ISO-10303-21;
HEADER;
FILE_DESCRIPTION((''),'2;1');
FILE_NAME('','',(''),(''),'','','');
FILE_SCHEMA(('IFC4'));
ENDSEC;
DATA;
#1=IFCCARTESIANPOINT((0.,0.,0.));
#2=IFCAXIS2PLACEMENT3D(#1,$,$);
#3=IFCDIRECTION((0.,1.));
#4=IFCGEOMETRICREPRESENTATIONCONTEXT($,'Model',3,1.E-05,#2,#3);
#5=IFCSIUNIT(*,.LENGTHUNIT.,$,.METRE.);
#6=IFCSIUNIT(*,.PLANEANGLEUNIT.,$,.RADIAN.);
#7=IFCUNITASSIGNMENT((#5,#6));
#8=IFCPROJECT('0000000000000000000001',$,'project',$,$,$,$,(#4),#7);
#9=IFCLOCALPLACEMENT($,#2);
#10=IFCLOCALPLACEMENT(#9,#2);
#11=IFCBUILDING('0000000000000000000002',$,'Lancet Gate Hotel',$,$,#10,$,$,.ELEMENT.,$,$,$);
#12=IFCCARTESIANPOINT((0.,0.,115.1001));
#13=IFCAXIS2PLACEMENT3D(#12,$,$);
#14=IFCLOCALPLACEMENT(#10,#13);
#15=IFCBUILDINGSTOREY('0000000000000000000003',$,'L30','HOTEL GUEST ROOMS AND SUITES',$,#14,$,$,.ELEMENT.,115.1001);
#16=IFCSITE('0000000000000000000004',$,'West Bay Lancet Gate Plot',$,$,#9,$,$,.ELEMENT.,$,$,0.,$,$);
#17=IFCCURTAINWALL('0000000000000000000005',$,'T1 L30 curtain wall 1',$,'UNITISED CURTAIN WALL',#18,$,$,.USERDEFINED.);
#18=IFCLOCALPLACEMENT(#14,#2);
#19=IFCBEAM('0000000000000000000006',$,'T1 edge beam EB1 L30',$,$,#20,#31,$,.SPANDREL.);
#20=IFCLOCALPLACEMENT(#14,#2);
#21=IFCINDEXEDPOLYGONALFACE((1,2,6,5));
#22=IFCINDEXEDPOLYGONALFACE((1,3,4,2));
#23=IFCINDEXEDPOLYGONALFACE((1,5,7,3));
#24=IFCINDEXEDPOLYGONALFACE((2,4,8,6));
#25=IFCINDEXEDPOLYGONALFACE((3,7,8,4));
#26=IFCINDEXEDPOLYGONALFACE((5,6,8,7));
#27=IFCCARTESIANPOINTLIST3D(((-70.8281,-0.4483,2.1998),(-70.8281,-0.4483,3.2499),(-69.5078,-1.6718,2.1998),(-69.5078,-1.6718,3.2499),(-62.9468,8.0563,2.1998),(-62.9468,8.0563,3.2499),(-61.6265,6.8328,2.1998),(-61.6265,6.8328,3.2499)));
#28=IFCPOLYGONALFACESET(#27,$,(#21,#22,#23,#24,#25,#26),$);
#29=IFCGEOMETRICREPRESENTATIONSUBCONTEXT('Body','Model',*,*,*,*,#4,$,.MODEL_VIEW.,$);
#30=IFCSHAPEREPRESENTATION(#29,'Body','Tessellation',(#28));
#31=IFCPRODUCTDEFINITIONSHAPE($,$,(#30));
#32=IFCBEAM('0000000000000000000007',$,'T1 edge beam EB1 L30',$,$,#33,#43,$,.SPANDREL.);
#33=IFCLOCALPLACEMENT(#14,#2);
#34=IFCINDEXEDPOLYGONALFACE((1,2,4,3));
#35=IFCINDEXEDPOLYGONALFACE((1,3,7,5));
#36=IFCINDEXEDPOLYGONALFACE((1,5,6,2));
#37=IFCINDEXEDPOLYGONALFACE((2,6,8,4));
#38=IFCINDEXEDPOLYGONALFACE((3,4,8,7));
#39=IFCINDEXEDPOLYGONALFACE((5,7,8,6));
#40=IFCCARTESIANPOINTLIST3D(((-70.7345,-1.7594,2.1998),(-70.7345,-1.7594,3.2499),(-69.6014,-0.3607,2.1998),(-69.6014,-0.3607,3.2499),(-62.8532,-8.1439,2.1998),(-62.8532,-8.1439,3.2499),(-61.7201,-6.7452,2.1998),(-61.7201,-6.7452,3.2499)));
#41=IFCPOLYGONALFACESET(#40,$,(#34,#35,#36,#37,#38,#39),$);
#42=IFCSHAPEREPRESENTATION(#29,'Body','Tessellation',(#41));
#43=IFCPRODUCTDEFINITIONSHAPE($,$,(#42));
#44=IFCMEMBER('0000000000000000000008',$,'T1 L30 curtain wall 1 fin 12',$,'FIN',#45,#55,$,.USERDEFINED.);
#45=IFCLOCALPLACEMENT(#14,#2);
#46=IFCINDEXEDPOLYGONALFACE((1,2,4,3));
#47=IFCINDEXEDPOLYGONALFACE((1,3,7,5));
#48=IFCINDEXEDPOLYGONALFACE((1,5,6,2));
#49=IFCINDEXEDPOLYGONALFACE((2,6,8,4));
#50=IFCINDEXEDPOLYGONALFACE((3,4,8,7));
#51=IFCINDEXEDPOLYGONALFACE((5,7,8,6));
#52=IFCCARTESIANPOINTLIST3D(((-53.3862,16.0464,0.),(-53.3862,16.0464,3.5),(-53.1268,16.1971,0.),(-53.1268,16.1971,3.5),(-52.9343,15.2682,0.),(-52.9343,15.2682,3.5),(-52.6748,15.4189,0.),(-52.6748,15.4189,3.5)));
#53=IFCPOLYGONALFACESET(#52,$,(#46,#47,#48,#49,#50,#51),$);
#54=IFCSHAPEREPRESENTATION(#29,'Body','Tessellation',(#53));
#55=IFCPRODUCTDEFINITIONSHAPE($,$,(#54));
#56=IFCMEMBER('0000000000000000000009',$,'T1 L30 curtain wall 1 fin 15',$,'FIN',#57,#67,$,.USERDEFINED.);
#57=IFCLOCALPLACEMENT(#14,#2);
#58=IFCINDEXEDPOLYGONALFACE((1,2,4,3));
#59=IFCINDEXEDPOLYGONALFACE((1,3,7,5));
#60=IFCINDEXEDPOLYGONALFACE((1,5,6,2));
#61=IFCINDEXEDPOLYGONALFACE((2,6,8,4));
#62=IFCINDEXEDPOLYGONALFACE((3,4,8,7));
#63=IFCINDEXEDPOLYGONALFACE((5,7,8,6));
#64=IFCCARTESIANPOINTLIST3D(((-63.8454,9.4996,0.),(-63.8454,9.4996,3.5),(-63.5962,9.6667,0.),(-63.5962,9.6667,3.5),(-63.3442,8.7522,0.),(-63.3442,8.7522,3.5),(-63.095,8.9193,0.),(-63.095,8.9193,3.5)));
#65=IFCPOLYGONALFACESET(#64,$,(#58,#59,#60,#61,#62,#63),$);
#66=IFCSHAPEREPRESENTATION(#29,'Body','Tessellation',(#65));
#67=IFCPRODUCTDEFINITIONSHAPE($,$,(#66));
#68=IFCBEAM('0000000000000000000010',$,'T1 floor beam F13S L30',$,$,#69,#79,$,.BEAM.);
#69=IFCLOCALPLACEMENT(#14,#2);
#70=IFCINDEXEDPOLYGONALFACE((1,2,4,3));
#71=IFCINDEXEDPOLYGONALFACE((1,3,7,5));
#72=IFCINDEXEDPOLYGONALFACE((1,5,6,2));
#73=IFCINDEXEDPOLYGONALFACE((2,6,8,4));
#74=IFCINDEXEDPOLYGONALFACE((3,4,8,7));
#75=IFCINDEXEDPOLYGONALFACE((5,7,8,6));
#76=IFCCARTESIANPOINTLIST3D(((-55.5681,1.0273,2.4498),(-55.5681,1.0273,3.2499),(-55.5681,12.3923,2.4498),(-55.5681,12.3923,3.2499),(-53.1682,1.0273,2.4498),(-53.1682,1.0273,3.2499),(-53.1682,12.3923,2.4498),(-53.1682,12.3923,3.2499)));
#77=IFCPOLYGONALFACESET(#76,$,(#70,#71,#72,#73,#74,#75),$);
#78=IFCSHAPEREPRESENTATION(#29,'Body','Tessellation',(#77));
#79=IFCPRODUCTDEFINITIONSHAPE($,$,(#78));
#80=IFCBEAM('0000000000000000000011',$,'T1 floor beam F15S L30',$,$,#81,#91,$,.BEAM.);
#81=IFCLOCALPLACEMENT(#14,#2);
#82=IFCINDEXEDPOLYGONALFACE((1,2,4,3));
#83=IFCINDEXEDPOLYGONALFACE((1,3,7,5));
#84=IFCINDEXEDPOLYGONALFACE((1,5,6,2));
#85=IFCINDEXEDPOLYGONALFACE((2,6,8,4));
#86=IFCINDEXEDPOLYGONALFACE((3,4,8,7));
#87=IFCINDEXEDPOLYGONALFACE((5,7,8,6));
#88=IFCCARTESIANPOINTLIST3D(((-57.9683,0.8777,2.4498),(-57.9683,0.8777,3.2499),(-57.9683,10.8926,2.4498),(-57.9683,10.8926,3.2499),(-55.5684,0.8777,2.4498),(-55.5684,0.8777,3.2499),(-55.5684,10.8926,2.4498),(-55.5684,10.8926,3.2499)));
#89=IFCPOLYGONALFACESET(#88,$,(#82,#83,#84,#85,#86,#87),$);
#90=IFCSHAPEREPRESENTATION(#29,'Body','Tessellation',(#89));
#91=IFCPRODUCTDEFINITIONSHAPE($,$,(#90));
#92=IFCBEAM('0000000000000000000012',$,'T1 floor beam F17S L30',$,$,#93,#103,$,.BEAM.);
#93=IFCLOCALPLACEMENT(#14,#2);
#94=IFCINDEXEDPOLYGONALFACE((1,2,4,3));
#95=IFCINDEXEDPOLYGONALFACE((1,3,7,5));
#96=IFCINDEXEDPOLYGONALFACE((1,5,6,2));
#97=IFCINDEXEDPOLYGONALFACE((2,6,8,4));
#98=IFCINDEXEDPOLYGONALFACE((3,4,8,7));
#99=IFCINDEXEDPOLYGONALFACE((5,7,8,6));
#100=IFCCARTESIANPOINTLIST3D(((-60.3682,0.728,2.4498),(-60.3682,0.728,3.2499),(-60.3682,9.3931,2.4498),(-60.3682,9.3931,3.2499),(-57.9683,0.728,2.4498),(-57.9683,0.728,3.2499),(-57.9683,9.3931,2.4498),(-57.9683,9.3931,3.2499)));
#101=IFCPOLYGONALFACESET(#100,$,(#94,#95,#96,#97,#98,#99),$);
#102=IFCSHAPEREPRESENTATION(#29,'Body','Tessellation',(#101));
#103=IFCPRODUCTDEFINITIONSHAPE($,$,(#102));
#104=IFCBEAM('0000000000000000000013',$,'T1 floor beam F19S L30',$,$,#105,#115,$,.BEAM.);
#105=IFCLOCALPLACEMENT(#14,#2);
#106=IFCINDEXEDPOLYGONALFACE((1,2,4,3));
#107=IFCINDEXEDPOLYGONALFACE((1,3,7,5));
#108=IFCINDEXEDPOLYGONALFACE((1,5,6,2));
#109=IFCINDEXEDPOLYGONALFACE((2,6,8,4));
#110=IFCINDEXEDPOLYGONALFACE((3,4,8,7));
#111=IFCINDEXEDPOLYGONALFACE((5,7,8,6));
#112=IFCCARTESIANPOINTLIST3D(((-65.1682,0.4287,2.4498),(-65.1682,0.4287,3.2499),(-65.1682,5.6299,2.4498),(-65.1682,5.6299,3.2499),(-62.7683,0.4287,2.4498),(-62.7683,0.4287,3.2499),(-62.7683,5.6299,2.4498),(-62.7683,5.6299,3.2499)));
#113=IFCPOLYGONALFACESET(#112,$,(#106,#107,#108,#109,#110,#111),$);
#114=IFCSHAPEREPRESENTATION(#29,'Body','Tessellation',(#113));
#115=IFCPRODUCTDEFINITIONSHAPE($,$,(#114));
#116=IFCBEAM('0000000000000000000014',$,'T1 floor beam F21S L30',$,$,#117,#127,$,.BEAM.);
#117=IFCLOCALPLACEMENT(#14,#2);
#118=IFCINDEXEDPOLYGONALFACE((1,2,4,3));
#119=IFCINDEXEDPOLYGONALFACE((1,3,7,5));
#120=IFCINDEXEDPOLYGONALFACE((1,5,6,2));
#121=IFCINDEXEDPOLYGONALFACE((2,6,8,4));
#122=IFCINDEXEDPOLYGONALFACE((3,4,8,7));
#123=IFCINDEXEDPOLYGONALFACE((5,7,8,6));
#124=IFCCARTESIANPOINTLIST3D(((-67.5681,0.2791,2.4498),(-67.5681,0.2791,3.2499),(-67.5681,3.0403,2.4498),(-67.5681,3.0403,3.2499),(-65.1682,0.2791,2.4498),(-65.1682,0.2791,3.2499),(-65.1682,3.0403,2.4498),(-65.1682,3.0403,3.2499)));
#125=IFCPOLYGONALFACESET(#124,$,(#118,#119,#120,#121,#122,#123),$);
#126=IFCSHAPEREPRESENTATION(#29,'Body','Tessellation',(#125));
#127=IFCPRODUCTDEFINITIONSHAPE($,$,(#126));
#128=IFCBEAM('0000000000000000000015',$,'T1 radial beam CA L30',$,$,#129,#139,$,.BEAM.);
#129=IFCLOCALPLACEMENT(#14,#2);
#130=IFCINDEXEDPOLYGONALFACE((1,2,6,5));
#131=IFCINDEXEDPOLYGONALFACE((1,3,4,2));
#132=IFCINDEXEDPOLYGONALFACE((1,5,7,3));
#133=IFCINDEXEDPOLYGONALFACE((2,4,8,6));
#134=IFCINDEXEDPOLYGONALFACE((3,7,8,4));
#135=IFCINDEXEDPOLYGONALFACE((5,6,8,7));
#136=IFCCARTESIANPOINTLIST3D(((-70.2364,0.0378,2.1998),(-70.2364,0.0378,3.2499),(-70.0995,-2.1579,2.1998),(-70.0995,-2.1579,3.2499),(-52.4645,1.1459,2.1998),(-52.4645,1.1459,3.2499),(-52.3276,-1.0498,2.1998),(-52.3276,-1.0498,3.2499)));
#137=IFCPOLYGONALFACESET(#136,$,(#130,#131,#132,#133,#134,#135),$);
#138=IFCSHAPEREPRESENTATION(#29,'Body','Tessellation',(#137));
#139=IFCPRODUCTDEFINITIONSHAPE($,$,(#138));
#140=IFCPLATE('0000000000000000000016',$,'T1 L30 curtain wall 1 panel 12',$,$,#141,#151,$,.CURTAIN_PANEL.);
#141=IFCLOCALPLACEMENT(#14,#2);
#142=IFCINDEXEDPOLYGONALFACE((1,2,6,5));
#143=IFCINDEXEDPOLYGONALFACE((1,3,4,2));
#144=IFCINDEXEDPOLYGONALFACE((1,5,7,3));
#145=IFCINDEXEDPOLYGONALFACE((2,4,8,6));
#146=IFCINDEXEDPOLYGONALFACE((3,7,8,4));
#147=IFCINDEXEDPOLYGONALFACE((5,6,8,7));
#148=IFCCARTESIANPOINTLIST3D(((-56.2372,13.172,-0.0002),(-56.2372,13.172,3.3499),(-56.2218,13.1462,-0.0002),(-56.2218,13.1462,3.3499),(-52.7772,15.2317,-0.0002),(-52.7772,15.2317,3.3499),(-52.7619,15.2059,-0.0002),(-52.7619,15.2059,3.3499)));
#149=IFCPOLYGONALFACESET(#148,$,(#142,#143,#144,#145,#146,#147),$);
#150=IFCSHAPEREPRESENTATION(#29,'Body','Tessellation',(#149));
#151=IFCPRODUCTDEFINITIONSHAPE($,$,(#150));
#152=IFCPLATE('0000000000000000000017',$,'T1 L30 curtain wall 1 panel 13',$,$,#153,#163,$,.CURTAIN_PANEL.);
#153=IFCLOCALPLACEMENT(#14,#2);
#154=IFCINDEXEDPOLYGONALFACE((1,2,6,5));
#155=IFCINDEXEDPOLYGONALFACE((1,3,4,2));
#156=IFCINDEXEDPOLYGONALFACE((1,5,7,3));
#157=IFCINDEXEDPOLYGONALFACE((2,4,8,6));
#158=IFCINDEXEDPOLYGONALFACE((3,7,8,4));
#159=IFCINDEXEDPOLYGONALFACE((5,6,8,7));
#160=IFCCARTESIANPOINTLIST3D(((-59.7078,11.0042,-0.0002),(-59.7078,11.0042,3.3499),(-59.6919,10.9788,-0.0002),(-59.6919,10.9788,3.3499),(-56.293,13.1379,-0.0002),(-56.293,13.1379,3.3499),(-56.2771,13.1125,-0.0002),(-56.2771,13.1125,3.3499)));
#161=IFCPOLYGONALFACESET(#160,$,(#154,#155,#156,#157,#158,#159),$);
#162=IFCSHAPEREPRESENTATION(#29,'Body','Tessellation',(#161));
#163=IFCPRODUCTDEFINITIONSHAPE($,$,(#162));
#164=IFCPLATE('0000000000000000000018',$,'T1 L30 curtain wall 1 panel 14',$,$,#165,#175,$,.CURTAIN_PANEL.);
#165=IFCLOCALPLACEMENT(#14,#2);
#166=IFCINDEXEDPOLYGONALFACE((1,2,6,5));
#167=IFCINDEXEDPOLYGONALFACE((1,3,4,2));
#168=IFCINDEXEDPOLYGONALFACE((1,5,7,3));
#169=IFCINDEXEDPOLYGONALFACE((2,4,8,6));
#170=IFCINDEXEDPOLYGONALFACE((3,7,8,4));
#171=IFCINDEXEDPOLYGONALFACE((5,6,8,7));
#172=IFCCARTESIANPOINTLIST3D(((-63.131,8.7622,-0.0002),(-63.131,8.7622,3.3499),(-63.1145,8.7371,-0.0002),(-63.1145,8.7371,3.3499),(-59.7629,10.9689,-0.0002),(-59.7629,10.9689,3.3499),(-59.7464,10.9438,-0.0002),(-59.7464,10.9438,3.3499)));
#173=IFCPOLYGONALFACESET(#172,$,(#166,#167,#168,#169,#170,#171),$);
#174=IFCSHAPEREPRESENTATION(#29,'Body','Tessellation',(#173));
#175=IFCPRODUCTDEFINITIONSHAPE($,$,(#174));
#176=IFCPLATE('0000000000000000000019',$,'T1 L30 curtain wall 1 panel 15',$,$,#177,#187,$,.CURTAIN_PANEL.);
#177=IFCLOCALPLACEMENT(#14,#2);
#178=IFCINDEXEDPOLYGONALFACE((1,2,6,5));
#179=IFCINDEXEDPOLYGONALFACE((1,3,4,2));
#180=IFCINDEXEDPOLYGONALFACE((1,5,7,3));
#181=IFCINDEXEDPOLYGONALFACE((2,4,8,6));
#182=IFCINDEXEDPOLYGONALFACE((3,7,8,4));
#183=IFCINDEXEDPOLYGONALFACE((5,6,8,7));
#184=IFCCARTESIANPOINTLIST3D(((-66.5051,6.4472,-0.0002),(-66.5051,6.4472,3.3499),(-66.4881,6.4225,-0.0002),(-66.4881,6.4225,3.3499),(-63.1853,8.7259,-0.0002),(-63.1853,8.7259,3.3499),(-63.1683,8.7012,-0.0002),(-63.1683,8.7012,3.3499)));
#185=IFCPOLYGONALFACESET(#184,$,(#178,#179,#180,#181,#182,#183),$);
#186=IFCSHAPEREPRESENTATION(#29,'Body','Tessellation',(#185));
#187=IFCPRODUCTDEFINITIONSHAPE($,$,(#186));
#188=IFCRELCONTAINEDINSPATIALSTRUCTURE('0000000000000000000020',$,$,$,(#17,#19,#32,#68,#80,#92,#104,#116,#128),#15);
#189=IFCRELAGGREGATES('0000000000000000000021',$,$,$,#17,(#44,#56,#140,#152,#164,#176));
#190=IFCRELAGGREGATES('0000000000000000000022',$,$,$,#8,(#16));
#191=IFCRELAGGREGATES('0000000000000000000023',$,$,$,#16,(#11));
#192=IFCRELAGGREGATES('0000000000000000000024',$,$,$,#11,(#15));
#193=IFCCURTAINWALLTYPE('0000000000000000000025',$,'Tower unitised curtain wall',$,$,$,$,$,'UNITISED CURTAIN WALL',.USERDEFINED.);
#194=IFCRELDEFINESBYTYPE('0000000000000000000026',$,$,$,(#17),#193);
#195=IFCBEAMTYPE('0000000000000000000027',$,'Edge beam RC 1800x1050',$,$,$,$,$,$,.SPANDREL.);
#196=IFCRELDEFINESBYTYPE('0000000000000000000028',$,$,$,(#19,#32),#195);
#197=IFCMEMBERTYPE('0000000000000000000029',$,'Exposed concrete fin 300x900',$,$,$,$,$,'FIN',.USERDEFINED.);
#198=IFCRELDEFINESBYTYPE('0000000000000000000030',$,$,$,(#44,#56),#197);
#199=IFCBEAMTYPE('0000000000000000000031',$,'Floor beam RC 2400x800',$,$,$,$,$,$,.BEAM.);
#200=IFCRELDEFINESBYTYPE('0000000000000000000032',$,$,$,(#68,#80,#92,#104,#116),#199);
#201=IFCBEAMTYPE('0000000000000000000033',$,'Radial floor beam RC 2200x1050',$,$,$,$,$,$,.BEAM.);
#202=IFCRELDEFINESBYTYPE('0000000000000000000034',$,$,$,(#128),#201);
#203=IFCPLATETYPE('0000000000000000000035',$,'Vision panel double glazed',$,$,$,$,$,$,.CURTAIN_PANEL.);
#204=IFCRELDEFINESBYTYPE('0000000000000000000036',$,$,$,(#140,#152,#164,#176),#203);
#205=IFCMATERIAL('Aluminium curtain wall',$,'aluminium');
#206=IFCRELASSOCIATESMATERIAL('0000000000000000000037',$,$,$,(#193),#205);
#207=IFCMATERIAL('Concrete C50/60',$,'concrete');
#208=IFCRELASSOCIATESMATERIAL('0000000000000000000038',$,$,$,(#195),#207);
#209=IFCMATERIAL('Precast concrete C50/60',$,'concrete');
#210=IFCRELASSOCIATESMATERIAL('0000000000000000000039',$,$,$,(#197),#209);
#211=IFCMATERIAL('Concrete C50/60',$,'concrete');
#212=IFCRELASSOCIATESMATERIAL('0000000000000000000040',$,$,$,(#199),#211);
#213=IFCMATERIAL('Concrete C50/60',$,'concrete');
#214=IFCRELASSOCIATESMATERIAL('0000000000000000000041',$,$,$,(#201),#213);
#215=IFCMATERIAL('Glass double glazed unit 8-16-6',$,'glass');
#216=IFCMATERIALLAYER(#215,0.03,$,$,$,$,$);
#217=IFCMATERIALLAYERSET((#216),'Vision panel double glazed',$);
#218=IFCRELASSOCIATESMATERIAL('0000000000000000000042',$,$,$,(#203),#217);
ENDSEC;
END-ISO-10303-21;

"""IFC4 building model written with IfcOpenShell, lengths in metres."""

from ifc_helpers import new_model, si_unit, direction, frame, origin, origin_2d, place, context, subcontext, project, spatial, rectangle, extrude, material, layer, layer_set, material_profile, profile_set, type_object, element, aggregate, save


model = new_model("IFC4")

# Units and contexts
model_context = context("Model", 3, precision=1e-05, world=origin(), true_north=direction((0.0, 1.0)))
body_context = subcontext(model_context, "Body", "Model", "MODEL_VIEW")
ifc_project = project(units=[si_unit("LENGTHUNIT", "METRE"), si_unit("PLANEANGLEUNIT", "RADIAN")], contexts=[model_context])

# Site, building, storey
site_placement = place(None, origin())
site = spatial("IfcSite", under=ifc_project, at=site_placement, Name="West Bay Lancet Gate Plot", CompositionType="ELEMENT", RefElevation=0.0)
building_placement = place(site_placement, origin())
building = spatial("IfcBuilding", under=site, at=building_placement, Name="Lancet Gate Hotel", CompositionType="ELEMENT")
storey_placement = place(building_placement, frame((0.0, 0.0, 115.1001)))
storey = spatial("IfcBuildingStorey", under=building, at=storey_placement, Name="L30", Description="HOTEL GUEST ROOMS AND SUITES", CompositionType="ELEMENT", Elevation=115.1001)

# Curtain wall
ifc_material_1 = material(Name="Aluminium curtain wall", Category="aluminium")
curtain_wall_type = type_object("IfcCurtainWallType", Name="Tower unitised curtain wall", ElementType="UNITISED CURTAIN WALL", PredefinedType="USERDEFINED", material=ifc_material_1)
curtain_wall_placement = place(storey_placement, origin())
curtain_wall = element("IfcCurtainWall", 1, at=curtain_wall_placement, inside=storey, type_object=curtain_wall_type, Name="T1 L30 curtain wall 1", ObjectType="UNITISED CURTAIN WALL", PredefinedType="USERDEFINED")

# Beams
ifc_material_2 = material(Name="Concrete C50/60", Category="concrete")
ifc_material_profile_1 = material_profile(ifc_material_2, rectangle(XDim=1.8, YDim=1.05, at=origin_2d()), Name="RC 1800x1050")
ifc_profile_set_1 = profile_set([ifc_material_profile_1], Name="Concrete C50/60")
beam_type_1 = type_object("IfcBeamType", Name="Edge beam RC 1800x1050", PredefinedType="SPANDREL", material=ifc_profile_set_1)
beam_1_placement = place(storey_placement, frame((-62.2866, 7.4446, 2.7249), z_axis=(-0.679718, -0.733473, 0.0), x_axis=(0.733473, -0.679718, 0.0)))
element("IfcBeam", 2, at=beam_1_placement, inside=storey, type_object=beam_type_1, Name="T1 edge beam EB1 L30", PredefinedType="SPANDREL", context=body_context, shape_type="SweptSolid", body=[
    extrude(rectangle(XDim=1.8, YDim=1.05, at=origin_2d()), origin(), (0.0, 0.0, 1.0), 11.595),
])
beam_2_placement = place(storey_placement, frame((-70.168, -1.0601, 2.7249), z_axis=(0.777034, -0.629459, 0.0), x_axis=(0.629459, 0.777034, 0.0)))
element("IfcBeam", 3, at=beam_2_placement, inside=storey, type_object=beam_type_1, Name="T1 edge beam EB1 L30", PredefinedType="SPANDREL", context=body_context, shape_type="SweptSolid", body=[
    extrude(rectangle(XDim=1.8, YDim=1.05, at=origin_2d()), origin(), (0.0, 0.0, 1.0), 10.1428),
])

# Members
ifc_material_3 = material(Name="Precast concrete C50/60", Category="concrete")
ifc_material_profile_2 = material_profile(ifc_material_3, rectangle(XDim=0.3, YDim=0.8999, at=origin_2d()), Name="FIN 300x900")
ifc_profile_set_2 = profile_set([ifc_material_profile_2], Name="Precast concrete C50/60")
member_type_1 = type_object("IfcMemberType", Name="Exposed concrete fin 300x900", ElementType="FIN", PredefinedType="USERDEFINED", material=ifc_profile_set_2)
member_1_placement = place(storey_placement, frame((-53.0305, 15.7327, 0.0), z_axis=(0.0, 0.0, 1.0), x_axis=(-0.864728, -0.502241, 0.0)))
member_1 = element("IfcMember", 4, at=member_1_placement, type_object=member_type_1, Name="T1 L30 curtain wall 1 fin 12", ObjectType="FIN", PredefinedType="USERDEFINED", context=body_context, shape_type="SweptSolid", body=[
    extrude(rectangle(XDim=0.3, YDim=0.8999, at=origin_2d()), origin(), (0.0, 0.0, 1.0), 3.5),
])
member_2_placement = place(storey_placement, frame((-63.4702, 9.2095, 0.0), z_axis=(0.0, 0.0, 1.0), x_axis=(-0.83051, -0.557004, 0.0)))
member_2 = element("IfcMember", 5, at=member_2_placement, type_object=member_type_1, Name="T1 L30 curtain wall 1 fin 15", ObjectType="FIN", PredefinedType="USERDEFINED", context=body_context, shape_type="SweptSolid", body=[
    extrude(rectangle(XDim=0.3, YDim=0.8999, at=origin_2d()), origin(), (0.0, 0.0, 1.0), 3.5),
])

# Beams
ifc_material_4 = material(Name="Concrete C50/60", Category="concrete")
ifc_material_profile_3 = material_profile(ifc_material_4, rectangle(XDim=2.3999, YDim=0.8, at=origin_2d()), Name="RC 2400x800")
ifc_profile_set_3 = profile_set([ifc_material_profile_3], Name="Concrete C50/60")
beam_type_2 = type_object("IfcBeamType", Name="Floor beam RC 2400x800", PredefinedType="BEAM", material=ifc_profile_set_3)
beam_3_placement = place(storey_placement, frame((-54.3682, 12.3923, 2.8499), z_axis=(0.0, -1.0, 0.0), x_axis=(1.0, 0.0, 0.0)))
element("IfcBeam", 6, at=beam_3_placement, inside=storey, type_object=beam_type_2, Name="T1 floor beam F13S L30", PredefinedType="BEAM", context=body_context, shape_type="SweptSolid", body=[
    extrude(rectangle(XDim=2.3999, YDim=0.8, at=origin_2d()), origin(), (0.0, 0.0, 1.0), 11.365),
])
beam_4_placement = place(storey_placement, frame((-56.7683, 10.8926, 2.8499), z_axis=(0.0, -1.0, 0.0), x_axis=(1.0, 0.0, 0.0)))
element("IfcBeam", 7, at=beam_4_placement, inside=storey, type_object=beam_type_2, Name="T1 floor beam F15S L30", PredefinedType="BEAM", context=body_context, shape_type="SweptSolid", body=[
    extrude(rectangle(XDim=2.3999, YDim=0.8, at=origin_2d()), origin(), (0.0, 0.0, 1.0), 10.0149),
])
beam_5_placement = place(storey_placement, frame((-59.1682, 9.3931, 2.8499), z_axis=(0.0, -1.0, 0.0), x_axis=(1.0, 0.0, 0.0)))
element("IfcBeam", 8, at=beam_5_placement, inside=storey, type_object=beam_type_2, Name="T1 floor beam F17S L30", PredefinedType="BEAM", context=body_context, shape_type="SweptSolid", body=[
    extrude(rectangle(XDim=2.3999, YDim=0.8, at=origin_2d()), origin(), (0.0, 0.0, 1.0), 8.665),
])
beam_6_placement = place(storey_placement, frame((-63.9683, 5.6299, 2.8499), z_axis=(0.0, -1.0, 0.0), x_axis=(1.0, 0.0, 0.0)))
element("IfcBeam", 9, at=beam_6_placement, inside=storey, type_object=beam_type_2, Name="T1 floor beam F19S L30", PredefinedType="BEAM", context=body_context, shape_type="SweptSolid", body=[
    extrude(rectangle(XDim=2.3999, YDim=0.8, at=origin_2d()), origin(), (0.0, 0.0, 1.0), 5.2012),
])
beam_7_placement = place(storey_placement, frame((-66.3682, 3.0403, 2.8499), z_axis=(0.0, -1.0, 0.0), x_axis=(1.0, 0.0, 0.0)))
element("IfcBeam", 10, at=beam_7_placement, inside=storey, type_object=beam_type_2, Name="T1 floor beam F21S L30", PredefinedType="BEAM", context=body_context, shape_type="SweptSolid", body=[
    extrude(rectangle(XDim=2.3999, YDim=0.8, at=origin_2d()), origin(), (0.0, 0.0, 1.0), 2.7612),
])
ifc_material_5 = material(Name="Concrete C50/60", Category="concrete")
ifc_material_profile_4 = material_profile(ifc_material_5, rectangle(XDim=2.2, YDim=1.05, at=origin_2d()), Name="RC 2200x1050")
ifc_profile_set_4 = profile_set([ifc_material_profile_4], Name="Concrete C50/60")
beam_type_3 = type_object("IfcBeamType", Name="Radial floor beam RC 2200x1050", PredefinedType="BEAM", material=ifc_profile_set_4)
beam_8_placement = place(storey_placement, frame((-70.168, -1.0601, 2.7249), z_axis=(0.998062, 0.062233, 0.0), x_axis=(-0.062233, 0.998062, 0.0)))
element("IfcBeam", 11, at=beam_8_placement, inside=storey, type_object=beam_type_3, Name="T1 radial beam CA L30", PredefinedType="BEAM", context=body_context, shape_type="SweptSolid", body=[
    extrude(rectangle(XDim=2.2, YDim=1.05, at=origin_2d()), origin(), (0.0, 0.0, 1.0), 17.8064),
])

# Plates
ifc_material_6 = material(Name="Glass double glazed unit 8-16-6", Category="glass")
ifc_layer = layer(ifc_material_6, 0.03)
ifc_layer_set = layer_set([ifc_layer], Name="Vision panel double glazed")
plate_type = type_object("IfcPlateType", Name="Vision panel double glazed", PredefinedType="CURTAIN_PANEL", material=ifc_layer_set)
plate_1_placement = place(storey_placement, frame((-54.4995, 14.189, -0.0002), z_axis=(0.0, 0.0, 1.0), x_axis=(-0.859271, -0.51152, 0.0)))
plate_1 = element("IfcPlate", 12, at=plate_1_placement, type_object=plate_type, Name="T1 L30 curtain wall 1 panel 12", PredefinedType="CURTAIN_PANEL", context=body_context, shape_type="SweptSolid", body=[
    extrude(rectangle(XDim=4.0266, YDim=0.03, at=origin_2d()), origin(), (0.0, 0.0, 1.0), 3.3501),
])
plate_2_placement = place(storey_placement, frame((-57.9924, 12.0583, -0.0002), z_axis=(0.0, 0.0, 1.0), x_axis=(-0.848061, -0.529899, 0.0)))
plate_2 = element("IfcPlate", 13, at=plate_2_placement, type_object=plate_type, Name="T1 L30 curtain wall 1 panel 13", PredefinedType="CURTAIN_PANEL", context=body_context, shape_type="SweptSolid", body=[
    extrude(rectangle(XDim=4.0266, YDim=0.03, at=origin_2d()), origin(), (0.0, 0.0, 1.0), 3.3501),
])
plate_3_placement = place(storey_placement, frame((-61.4387, 9.853, -0.0002), z_axis=(0.0, 0.0, 1.0), x_axis=(-0.836458, -0.548032, 0.0)))
plate_3 = element("IfcPlate", 14, at=plate_3_placement, type_object=plate_type, Name="T1 L30 curtain wall 1 panel 14", PredefinedType="CURTAIN_PANEL", context=body_context, shape_type="SweptSolid", body=[
    extrude(rectangle(XDim=4.0266, YDim=0.03, at=origin_2d()), origin(), (0.0, 0.0, 1.0), 3.3501),
])
plate_4_placement = place(storey_placement, frame((-64.8367, 7.5742, -0.0002), z_axis=(0.0, 0.0, 1.0), x_axis=(-0.824466, -0.565911, 0.0)))
plate_4 = element("IfcPlate", 15, at=plate_4_placement, type_object=plate_type, Name="T1 L30 curtain wall 1 panel 15", PredefinedType="CURTAIN_PANEL", context=body_context, shape_type="SweptSolid", body=[
    extrude(rectangle(XDim=4.0266, YDim=0.03, at=origin_2d()), origin(), (0.0, 0.0, 1.0), 3.3501),
])
aggregate(curtain_wall, [member_1, member_2, plate_1, plate_2, plate_3, plate_4])

save(model, "model.ifc")
